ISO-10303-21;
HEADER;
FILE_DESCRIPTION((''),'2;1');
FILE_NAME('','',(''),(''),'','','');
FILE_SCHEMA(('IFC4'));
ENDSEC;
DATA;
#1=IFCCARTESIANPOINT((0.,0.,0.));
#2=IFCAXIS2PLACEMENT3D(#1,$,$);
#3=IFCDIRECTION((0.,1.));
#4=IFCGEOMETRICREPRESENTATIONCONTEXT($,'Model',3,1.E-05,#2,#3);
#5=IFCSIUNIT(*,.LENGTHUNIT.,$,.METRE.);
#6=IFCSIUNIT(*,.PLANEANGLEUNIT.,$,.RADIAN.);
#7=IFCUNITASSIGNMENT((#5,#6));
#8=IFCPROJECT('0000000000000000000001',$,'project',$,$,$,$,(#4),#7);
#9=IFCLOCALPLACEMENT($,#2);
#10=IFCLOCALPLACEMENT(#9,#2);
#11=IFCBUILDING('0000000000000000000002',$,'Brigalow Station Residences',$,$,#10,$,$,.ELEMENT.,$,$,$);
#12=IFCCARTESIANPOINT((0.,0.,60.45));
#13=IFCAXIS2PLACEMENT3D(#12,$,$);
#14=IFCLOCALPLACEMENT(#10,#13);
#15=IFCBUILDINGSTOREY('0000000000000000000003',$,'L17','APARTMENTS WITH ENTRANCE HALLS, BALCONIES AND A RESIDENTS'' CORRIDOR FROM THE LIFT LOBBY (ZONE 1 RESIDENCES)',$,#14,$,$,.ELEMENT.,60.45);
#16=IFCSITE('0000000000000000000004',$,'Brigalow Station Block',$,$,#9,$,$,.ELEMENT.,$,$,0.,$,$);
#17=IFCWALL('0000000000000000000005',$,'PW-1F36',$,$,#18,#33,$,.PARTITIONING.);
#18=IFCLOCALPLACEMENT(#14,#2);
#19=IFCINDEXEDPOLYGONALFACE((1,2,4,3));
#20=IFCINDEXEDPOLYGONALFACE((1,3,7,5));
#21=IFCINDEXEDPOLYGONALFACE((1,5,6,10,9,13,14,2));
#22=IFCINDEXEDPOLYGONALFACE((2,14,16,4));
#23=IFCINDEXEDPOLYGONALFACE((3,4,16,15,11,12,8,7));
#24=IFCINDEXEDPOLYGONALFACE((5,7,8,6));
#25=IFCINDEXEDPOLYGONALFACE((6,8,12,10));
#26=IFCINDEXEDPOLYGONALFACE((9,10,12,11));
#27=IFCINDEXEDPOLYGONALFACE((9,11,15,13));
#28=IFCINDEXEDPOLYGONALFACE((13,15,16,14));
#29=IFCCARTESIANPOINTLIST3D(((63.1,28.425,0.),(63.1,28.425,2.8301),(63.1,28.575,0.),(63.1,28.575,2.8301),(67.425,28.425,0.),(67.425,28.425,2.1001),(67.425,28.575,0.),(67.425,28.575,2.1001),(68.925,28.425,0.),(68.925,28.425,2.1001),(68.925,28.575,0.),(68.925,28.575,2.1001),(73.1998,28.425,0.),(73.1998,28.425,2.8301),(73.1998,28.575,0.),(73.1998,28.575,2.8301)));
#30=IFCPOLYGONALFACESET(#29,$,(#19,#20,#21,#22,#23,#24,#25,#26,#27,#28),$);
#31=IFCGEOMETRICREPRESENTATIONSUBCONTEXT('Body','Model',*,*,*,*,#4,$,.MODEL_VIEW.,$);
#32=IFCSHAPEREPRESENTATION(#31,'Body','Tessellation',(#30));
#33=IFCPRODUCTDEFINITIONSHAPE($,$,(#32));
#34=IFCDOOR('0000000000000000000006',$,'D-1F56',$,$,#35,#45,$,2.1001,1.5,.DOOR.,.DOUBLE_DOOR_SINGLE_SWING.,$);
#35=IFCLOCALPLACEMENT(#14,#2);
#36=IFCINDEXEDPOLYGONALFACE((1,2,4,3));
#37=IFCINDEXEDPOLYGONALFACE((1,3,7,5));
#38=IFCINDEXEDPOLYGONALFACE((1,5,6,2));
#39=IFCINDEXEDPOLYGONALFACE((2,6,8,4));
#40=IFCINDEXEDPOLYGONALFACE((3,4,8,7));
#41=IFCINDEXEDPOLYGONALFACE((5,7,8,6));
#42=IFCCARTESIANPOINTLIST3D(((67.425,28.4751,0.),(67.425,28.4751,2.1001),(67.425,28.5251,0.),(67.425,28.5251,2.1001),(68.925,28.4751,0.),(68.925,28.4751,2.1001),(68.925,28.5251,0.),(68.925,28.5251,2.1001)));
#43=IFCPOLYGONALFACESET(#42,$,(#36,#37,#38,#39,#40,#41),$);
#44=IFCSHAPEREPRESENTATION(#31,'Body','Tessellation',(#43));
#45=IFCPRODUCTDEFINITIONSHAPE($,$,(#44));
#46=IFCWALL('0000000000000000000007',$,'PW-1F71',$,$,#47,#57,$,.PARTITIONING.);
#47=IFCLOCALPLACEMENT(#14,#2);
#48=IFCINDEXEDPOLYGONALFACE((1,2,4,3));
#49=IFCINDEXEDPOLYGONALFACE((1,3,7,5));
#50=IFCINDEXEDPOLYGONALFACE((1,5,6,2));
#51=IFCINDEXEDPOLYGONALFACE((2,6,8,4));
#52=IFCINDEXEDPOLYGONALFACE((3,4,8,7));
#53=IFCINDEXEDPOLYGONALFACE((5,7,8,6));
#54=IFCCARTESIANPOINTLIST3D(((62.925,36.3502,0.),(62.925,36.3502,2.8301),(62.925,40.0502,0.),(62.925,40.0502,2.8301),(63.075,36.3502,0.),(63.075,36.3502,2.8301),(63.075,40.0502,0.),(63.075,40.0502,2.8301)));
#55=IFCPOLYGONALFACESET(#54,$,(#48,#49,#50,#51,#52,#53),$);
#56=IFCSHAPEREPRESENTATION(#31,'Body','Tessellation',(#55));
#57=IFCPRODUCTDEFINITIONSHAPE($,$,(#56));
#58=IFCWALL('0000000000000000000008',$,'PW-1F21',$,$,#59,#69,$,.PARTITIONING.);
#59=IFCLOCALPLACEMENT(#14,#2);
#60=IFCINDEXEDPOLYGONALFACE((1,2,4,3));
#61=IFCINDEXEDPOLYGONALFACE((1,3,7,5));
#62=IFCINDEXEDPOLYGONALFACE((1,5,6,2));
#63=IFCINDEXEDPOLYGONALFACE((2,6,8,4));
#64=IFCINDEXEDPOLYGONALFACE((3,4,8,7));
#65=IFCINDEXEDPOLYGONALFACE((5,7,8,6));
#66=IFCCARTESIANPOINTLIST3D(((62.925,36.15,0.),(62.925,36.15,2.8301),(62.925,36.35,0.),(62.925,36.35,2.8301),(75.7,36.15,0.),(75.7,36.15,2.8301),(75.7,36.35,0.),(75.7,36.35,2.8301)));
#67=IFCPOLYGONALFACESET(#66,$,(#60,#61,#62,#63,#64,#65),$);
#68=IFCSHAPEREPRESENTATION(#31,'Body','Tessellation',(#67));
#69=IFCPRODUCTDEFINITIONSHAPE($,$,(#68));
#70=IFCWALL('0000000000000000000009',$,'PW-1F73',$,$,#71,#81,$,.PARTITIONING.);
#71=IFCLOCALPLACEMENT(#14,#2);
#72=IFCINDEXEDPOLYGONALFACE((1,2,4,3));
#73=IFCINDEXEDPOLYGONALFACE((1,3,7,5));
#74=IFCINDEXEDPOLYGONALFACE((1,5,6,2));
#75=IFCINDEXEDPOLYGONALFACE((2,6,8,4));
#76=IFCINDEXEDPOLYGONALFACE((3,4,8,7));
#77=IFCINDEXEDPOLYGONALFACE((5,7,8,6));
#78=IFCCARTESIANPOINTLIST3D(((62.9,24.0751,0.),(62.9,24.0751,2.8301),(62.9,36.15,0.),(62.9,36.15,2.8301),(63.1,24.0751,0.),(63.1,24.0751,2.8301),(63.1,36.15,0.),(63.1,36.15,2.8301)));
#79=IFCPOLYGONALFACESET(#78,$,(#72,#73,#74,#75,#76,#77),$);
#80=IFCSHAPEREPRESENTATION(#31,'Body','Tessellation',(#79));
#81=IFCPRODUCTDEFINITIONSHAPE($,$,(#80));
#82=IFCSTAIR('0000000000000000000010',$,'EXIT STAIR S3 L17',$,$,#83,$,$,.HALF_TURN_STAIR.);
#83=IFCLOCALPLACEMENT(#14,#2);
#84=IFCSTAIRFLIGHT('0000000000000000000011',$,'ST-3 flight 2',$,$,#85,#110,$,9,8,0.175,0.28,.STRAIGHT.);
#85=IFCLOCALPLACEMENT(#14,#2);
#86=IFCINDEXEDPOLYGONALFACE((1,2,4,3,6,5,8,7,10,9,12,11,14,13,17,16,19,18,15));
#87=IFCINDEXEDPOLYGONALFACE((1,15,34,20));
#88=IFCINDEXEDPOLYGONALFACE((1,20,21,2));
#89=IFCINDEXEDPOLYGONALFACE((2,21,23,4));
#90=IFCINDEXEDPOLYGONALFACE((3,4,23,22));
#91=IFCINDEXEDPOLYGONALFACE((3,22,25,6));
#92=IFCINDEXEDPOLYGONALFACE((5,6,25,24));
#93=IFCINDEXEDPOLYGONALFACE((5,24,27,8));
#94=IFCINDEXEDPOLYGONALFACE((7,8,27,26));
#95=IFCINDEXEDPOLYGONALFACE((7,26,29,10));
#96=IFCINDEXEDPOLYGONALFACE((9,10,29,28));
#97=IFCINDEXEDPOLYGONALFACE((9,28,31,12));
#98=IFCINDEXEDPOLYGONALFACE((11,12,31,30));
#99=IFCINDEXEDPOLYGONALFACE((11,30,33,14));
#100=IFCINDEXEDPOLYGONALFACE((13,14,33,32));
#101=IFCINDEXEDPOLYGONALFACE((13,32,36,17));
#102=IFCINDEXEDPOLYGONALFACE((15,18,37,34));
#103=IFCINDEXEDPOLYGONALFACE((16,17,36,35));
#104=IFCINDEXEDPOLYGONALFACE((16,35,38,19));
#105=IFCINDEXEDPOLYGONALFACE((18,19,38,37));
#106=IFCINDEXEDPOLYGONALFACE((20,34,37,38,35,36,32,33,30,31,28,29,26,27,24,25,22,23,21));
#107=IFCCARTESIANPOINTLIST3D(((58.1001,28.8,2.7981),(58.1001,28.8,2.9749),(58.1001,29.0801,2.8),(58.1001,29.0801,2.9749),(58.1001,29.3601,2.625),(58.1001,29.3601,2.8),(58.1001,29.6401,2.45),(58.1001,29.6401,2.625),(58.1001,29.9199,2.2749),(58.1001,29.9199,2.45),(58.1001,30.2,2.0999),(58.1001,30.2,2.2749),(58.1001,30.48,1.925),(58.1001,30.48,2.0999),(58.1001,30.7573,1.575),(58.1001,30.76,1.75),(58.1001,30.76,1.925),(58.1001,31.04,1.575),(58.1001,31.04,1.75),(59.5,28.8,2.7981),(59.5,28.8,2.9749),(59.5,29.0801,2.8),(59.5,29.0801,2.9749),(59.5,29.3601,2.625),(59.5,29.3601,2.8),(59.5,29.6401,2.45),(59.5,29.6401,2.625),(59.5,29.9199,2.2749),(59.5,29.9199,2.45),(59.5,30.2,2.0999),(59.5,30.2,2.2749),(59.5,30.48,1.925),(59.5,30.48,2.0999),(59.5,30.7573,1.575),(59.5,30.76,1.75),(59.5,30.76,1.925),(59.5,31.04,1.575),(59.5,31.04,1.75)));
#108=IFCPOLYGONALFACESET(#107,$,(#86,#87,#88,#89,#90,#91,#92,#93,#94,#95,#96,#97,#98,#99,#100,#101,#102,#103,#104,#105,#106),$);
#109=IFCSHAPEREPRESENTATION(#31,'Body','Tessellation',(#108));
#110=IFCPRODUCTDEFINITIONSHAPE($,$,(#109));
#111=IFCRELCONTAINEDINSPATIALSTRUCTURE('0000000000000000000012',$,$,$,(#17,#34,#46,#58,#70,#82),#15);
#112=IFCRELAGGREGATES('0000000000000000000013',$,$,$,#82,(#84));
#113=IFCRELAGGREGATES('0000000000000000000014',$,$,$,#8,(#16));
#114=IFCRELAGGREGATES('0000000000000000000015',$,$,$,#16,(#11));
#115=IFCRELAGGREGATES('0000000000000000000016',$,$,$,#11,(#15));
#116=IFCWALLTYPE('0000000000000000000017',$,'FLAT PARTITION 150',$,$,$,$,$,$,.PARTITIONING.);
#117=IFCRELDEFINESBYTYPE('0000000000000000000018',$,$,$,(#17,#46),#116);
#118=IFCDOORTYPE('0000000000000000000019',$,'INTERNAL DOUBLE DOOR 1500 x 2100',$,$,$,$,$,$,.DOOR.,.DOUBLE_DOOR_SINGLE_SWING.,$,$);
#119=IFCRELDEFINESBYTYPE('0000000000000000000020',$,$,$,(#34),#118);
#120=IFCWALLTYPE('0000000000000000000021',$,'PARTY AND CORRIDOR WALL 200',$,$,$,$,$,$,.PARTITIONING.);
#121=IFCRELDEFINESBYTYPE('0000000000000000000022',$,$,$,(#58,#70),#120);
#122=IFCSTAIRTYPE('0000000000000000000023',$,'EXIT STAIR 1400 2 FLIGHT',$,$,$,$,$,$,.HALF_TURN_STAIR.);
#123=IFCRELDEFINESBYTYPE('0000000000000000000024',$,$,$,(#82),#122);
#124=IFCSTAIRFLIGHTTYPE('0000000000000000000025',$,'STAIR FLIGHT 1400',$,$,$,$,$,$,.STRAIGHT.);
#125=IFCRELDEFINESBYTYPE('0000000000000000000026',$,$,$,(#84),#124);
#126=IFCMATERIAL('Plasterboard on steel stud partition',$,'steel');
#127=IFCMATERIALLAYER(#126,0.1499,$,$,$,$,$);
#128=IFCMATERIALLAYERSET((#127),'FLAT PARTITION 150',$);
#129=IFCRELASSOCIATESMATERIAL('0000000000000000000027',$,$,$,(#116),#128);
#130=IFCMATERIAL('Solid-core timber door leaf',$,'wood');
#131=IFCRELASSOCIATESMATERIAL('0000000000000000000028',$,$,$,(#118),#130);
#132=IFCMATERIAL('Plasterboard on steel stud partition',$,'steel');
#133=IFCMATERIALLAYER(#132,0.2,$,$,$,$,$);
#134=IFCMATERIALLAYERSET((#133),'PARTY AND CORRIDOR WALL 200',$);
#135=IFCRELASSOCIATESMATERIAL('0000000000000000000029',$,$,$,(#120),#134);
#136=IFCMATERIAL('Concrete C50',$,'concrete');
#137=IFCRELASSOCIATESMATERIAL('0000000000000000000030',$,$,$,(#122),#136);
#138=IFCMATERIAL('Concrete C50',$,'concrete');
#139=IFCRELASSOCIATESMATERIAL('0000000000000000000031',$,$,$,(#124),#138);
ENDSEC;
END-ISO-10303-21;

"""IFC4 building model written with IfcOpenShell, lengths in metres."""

from ifc_helpers import new_model, si_unit, direction, frame, frame_2d, origin, place, context, subcontext, project, spatial, polyline, rectangle, outline, extrude, material, layer, layer_set, type_object, element, fill, aggregate, save


model = new_model("IFC4")

# Units and contexts
model_context = context("Model", 3, precision=1e-05, world=origin(), true_north=direction((0.0, 1.0)))
body_context = subcontext(model_context, "Body", "Model", "MODEL_VIEW")
ifc_project = project(units=[si_unit("LENGTHUNIT", "METRE"), si_unit("PLANEANGLEUNIT", "RADIAN")], contexts=[model_context])

# Site, building, storey
site_placement = place(None, origin())
site = spatial("IfcSite", under=ifc_project, at=site_placement, Name="Brigalow Station Block", CompositionType="ELEMENT", RefElevation=0.0)
building_placement = place(site_placement, origin())
building = spatial("IfcBuilding", under=site, at=building_placement, Name="Brigalow Station Residences", CompositionType="ELEMENT")
storey_placement = place(building_placement, frame((0.0, 0.0, 60.45)))
storey = spatial("IfcBuildingStorey", under=building, at=storey_placement, Name="L17", Description="APARTMENTS WITH ENTRANCE HALLS, BALCONIES AND A RESIDENTS' CORRIDOR FROM THE LIFT LOBBY (ZONE 1 RESIDENCES)", CompositionType="ELEMENT", Elevation=60.45)

# Shared definitions
ifc_material_1 = material(Name="Plasterboard on steel stud partition", Category="steel")
ifc_layer_1 = layer(ifc_material_1, 0.1499)
ifc_layer_set_1 = layer_set([ifc_layer_1], Name="FLAT PARTITION 150")
wall_type_1 = type_object("IfcWallType", Name="FLAT PARTITION 150", PredefinedType="PARTITIONING", material=ifc_layer_set_1)
ifc_material_2 = material(Name="Solid-core timber door leaf", Category="wood")
door_type_1 = type_object("IfcDoorType", Name="INTERNAL DOUBLE DOOR 1500 x 2100", OperationType="DOUBLE_DOOR_SINGLE_SWING", PredefinedType="DOOR", material=ifc_material_2)

# Wall, opening, door
wall_1_placement = place(storey_placement, frame((63.1001, 28.5, 0.0), z_axis=(0.0, 0.0, 1.0), x_axis=(1.0, 0.0, 0.0)))
wall_1 = element("IfcWall", 1, at=wall_1_placement, inside=storey, type_object=wall_type_1, Name="PW-1F36", PredefinedType="PARTITIONING", context=body_context, shape_type="SweptSolid", body=[
    extrude(rectangle(XDim=10.0999, YDim=0.1499, at=frame_2d((5.0498, 0.0))), origin(), (0.0, 0.0, 1.0), 2.8301),
])
opening_1_placement = place(wall_1_placement, frame((4.325, 0.0, 0.0)))
opening_1 = element("IfcOpeningElement", 2, at=opening_1_placement, cuts=wall_1, PredefinedType="OPENING", context=body_context, shape_type="SweptSolid", body=[
    extrude(rectangle(XDim=1.5, YDim=2.1001, at=frame_2d((0.75, 1.05))), frame((0.0, 0.085, 0.0), z_axis=(0.0, -1.0, 0.0), x_axis=(1.0, 0.0, 0.0)), (0.0, 0.0, 1.0), 0.1699),
])
door_1_placement = place(opening_1_placement, frame((1.5, 0.0, 0.0), z_axis=(0.0, 0.0, 1.0), x_axis=(-1.0, 0.0, 0.0)))
door_1 = element("IfcDoor", 3, at=door_1_placement, inside=storey, type_object=door_type_1, Name="D-1F56", OperationType="DOUBLE_DOOR_SINGLE_SWING", OverallHeight=2.1001, OverallWidth=1.5, PredefinedType="DOOR", context=body_context, shape_type="SweptSolid", body=[
    extrude(rectangle(XDim=1.5, YDim=2.1001, at=frame_2d((0.75, 1.05))), frame((0.0, 0.0249, 0.0), z_axis=(0.0, -1.0, 0.0), x_axis=(1.0, 0.0, 0.0)), (0.0, 0.0, 1.0), 0.05),
])
fill(opening_1, door_1)

# Walls
wall_2_placement = place(storey_placement, frame((63.0, 36.3501, 0.0), z_axis=(0.0, 0.0, 1.0), x_axis=(0.0, 1.0, 0.0)))
element("IfcWall", 4, at=wall_2_placement, inside=storey, type_object=wall_type_1, Name="PW-1F71", PredefinedType="PARTITIONING", context=body_context, shape_type="SweptSolid", body=[
    extrude(rectangle(XDim=3.7, YDim=0.1499, at=frame_2d((1.8501, 0.0))), origin(), (0.0, 0.0, 1.0), 2.8301),
])
ifc_material_3 = material(Name="Plasterboard on steel stud partition", Category="steel")
ifc_layer_2 = layer(ifc_material_3, 0.2)
ifc_layer_set_2 = layer_set([ifc_layer_2], Name="PARTY AND CORRIDOR WALL 200")
wall_type_2 = type_object("IfcWallType", Name="PARTY AND CORRIDOR WALL 200", PredefinedType="PARTITIONING", material=ifc_layer_set_2)
wall_3_placement = place(storey_placement, frame((62.925, 36.25, 0.0), z_axis=(0.0, 0.0, 1.0), x_axis=(1.0, 0.0, 0.0)))
element("IfcWall", 5, at=wall_3_placement, inside=storey, type_object=wall_type_2, Name="PW-1F21", PredefinedType="PARTITIONING", context=body_context, shape_type="SweptSolid", body=[
    extrude(rectangle(XDim=12.7749, YDim=0.2, at=frame_2d((6.3875, 0.0))), origin(), (0.0, 0.0, 1.0), 2.8301),
])
wall_4_placement = place(storey_placement, frame((63.0, 24.075, 0.0), z_axis=(0.0, 0.0, 1.0), x_axis=(0.0, 1.0, 0.0)))
element("IfcWall", 6, at=wall_4_placement, inside=storey, type_object=wall_type_2, Name="PW-1F73", PredefinedType="PARTITIONING", context=body_context, shape_type="SweptSolid", body=[
    extrude(rectangle(XDim=12.075, YDim=0.2, at=frame_2d((6.0376, 0.0))), origin(), (0.0, 0.0, 1.0), 2.8301),
])

# Stair, stair flight
ifc_material_4 = material(Name="Concrete C50", Category="concrete")
stair_type = type_object("IfcStairType", Name="EXIT STAIR 1400 2 FLIGHT", PredefinedType="HALF_TURN_STAIR", material=ifc_material_4)
stair_placement = place(storey_placement, origin())
stair = element("IfcStair", 7, at=stair_placement, inside=storey, type_object=stair_type, Name="EXIT STAIR S3 L17", PredefinedType="HALF_TURN_STAIR")
ifc_material_5 = material(Name="Concrete C50", Category="concrete")
stair_flight_type = type_object("IfcStairFlightType", Name="STAIR FLIGHT 1400", PredefinedType="STRAIGHT", material=ifc_material_5)
stair_flight_placement = place(storey_placement, frame((58.8, 31.04, 1.575), z_axis=(0.0, 0.0, 1.0), x_axis=(0.0, -1.0, 0.0)))
stair_flight = element("IfcStairFlight", 8, at=stair_flight_placement, type_object=stair_flight_type, Name="ST-3 flight 2", NumberOfRisers=9, NumberOfTreads=8, PredefinedType="STRAIGHT", RiserHeight=0.175, TreadLength=0.28, context=body_context, shape_type="SweptSolid", body=[
    extrude(outline(polyline([(0.0, 0.0), (0.0, 0.175), (0.28, 0.175), (0.28, 0.3501), (0.5601, 0.3501), (0.5601, 0.5249), (0.8401, 0.5249), (0.8401, 0.7), (1.1201, 0.7), (1.1201, 0.875), (1.3999, 0.875), (1.3999, 1.05), (1.6799, 1.05), (1.6799, 1.2251), (1.96, 1.2251), (1.96, 1.3999), (2.24, 1.3999), (2.24, 1.575), (2.24, 1.2231), (0.2827, 0.0), (0.0, 0.0)])), frame((0.0, 0.7, 0.0), z_axis=(0.0, -1.0, 0.0), x_axis=(1.0, 0.0, 0.0)), (0.0, 0.0, 1.0), 1.3999),
])
aggregate(stair, [stair_flight])

save(model, "model.ifc")
